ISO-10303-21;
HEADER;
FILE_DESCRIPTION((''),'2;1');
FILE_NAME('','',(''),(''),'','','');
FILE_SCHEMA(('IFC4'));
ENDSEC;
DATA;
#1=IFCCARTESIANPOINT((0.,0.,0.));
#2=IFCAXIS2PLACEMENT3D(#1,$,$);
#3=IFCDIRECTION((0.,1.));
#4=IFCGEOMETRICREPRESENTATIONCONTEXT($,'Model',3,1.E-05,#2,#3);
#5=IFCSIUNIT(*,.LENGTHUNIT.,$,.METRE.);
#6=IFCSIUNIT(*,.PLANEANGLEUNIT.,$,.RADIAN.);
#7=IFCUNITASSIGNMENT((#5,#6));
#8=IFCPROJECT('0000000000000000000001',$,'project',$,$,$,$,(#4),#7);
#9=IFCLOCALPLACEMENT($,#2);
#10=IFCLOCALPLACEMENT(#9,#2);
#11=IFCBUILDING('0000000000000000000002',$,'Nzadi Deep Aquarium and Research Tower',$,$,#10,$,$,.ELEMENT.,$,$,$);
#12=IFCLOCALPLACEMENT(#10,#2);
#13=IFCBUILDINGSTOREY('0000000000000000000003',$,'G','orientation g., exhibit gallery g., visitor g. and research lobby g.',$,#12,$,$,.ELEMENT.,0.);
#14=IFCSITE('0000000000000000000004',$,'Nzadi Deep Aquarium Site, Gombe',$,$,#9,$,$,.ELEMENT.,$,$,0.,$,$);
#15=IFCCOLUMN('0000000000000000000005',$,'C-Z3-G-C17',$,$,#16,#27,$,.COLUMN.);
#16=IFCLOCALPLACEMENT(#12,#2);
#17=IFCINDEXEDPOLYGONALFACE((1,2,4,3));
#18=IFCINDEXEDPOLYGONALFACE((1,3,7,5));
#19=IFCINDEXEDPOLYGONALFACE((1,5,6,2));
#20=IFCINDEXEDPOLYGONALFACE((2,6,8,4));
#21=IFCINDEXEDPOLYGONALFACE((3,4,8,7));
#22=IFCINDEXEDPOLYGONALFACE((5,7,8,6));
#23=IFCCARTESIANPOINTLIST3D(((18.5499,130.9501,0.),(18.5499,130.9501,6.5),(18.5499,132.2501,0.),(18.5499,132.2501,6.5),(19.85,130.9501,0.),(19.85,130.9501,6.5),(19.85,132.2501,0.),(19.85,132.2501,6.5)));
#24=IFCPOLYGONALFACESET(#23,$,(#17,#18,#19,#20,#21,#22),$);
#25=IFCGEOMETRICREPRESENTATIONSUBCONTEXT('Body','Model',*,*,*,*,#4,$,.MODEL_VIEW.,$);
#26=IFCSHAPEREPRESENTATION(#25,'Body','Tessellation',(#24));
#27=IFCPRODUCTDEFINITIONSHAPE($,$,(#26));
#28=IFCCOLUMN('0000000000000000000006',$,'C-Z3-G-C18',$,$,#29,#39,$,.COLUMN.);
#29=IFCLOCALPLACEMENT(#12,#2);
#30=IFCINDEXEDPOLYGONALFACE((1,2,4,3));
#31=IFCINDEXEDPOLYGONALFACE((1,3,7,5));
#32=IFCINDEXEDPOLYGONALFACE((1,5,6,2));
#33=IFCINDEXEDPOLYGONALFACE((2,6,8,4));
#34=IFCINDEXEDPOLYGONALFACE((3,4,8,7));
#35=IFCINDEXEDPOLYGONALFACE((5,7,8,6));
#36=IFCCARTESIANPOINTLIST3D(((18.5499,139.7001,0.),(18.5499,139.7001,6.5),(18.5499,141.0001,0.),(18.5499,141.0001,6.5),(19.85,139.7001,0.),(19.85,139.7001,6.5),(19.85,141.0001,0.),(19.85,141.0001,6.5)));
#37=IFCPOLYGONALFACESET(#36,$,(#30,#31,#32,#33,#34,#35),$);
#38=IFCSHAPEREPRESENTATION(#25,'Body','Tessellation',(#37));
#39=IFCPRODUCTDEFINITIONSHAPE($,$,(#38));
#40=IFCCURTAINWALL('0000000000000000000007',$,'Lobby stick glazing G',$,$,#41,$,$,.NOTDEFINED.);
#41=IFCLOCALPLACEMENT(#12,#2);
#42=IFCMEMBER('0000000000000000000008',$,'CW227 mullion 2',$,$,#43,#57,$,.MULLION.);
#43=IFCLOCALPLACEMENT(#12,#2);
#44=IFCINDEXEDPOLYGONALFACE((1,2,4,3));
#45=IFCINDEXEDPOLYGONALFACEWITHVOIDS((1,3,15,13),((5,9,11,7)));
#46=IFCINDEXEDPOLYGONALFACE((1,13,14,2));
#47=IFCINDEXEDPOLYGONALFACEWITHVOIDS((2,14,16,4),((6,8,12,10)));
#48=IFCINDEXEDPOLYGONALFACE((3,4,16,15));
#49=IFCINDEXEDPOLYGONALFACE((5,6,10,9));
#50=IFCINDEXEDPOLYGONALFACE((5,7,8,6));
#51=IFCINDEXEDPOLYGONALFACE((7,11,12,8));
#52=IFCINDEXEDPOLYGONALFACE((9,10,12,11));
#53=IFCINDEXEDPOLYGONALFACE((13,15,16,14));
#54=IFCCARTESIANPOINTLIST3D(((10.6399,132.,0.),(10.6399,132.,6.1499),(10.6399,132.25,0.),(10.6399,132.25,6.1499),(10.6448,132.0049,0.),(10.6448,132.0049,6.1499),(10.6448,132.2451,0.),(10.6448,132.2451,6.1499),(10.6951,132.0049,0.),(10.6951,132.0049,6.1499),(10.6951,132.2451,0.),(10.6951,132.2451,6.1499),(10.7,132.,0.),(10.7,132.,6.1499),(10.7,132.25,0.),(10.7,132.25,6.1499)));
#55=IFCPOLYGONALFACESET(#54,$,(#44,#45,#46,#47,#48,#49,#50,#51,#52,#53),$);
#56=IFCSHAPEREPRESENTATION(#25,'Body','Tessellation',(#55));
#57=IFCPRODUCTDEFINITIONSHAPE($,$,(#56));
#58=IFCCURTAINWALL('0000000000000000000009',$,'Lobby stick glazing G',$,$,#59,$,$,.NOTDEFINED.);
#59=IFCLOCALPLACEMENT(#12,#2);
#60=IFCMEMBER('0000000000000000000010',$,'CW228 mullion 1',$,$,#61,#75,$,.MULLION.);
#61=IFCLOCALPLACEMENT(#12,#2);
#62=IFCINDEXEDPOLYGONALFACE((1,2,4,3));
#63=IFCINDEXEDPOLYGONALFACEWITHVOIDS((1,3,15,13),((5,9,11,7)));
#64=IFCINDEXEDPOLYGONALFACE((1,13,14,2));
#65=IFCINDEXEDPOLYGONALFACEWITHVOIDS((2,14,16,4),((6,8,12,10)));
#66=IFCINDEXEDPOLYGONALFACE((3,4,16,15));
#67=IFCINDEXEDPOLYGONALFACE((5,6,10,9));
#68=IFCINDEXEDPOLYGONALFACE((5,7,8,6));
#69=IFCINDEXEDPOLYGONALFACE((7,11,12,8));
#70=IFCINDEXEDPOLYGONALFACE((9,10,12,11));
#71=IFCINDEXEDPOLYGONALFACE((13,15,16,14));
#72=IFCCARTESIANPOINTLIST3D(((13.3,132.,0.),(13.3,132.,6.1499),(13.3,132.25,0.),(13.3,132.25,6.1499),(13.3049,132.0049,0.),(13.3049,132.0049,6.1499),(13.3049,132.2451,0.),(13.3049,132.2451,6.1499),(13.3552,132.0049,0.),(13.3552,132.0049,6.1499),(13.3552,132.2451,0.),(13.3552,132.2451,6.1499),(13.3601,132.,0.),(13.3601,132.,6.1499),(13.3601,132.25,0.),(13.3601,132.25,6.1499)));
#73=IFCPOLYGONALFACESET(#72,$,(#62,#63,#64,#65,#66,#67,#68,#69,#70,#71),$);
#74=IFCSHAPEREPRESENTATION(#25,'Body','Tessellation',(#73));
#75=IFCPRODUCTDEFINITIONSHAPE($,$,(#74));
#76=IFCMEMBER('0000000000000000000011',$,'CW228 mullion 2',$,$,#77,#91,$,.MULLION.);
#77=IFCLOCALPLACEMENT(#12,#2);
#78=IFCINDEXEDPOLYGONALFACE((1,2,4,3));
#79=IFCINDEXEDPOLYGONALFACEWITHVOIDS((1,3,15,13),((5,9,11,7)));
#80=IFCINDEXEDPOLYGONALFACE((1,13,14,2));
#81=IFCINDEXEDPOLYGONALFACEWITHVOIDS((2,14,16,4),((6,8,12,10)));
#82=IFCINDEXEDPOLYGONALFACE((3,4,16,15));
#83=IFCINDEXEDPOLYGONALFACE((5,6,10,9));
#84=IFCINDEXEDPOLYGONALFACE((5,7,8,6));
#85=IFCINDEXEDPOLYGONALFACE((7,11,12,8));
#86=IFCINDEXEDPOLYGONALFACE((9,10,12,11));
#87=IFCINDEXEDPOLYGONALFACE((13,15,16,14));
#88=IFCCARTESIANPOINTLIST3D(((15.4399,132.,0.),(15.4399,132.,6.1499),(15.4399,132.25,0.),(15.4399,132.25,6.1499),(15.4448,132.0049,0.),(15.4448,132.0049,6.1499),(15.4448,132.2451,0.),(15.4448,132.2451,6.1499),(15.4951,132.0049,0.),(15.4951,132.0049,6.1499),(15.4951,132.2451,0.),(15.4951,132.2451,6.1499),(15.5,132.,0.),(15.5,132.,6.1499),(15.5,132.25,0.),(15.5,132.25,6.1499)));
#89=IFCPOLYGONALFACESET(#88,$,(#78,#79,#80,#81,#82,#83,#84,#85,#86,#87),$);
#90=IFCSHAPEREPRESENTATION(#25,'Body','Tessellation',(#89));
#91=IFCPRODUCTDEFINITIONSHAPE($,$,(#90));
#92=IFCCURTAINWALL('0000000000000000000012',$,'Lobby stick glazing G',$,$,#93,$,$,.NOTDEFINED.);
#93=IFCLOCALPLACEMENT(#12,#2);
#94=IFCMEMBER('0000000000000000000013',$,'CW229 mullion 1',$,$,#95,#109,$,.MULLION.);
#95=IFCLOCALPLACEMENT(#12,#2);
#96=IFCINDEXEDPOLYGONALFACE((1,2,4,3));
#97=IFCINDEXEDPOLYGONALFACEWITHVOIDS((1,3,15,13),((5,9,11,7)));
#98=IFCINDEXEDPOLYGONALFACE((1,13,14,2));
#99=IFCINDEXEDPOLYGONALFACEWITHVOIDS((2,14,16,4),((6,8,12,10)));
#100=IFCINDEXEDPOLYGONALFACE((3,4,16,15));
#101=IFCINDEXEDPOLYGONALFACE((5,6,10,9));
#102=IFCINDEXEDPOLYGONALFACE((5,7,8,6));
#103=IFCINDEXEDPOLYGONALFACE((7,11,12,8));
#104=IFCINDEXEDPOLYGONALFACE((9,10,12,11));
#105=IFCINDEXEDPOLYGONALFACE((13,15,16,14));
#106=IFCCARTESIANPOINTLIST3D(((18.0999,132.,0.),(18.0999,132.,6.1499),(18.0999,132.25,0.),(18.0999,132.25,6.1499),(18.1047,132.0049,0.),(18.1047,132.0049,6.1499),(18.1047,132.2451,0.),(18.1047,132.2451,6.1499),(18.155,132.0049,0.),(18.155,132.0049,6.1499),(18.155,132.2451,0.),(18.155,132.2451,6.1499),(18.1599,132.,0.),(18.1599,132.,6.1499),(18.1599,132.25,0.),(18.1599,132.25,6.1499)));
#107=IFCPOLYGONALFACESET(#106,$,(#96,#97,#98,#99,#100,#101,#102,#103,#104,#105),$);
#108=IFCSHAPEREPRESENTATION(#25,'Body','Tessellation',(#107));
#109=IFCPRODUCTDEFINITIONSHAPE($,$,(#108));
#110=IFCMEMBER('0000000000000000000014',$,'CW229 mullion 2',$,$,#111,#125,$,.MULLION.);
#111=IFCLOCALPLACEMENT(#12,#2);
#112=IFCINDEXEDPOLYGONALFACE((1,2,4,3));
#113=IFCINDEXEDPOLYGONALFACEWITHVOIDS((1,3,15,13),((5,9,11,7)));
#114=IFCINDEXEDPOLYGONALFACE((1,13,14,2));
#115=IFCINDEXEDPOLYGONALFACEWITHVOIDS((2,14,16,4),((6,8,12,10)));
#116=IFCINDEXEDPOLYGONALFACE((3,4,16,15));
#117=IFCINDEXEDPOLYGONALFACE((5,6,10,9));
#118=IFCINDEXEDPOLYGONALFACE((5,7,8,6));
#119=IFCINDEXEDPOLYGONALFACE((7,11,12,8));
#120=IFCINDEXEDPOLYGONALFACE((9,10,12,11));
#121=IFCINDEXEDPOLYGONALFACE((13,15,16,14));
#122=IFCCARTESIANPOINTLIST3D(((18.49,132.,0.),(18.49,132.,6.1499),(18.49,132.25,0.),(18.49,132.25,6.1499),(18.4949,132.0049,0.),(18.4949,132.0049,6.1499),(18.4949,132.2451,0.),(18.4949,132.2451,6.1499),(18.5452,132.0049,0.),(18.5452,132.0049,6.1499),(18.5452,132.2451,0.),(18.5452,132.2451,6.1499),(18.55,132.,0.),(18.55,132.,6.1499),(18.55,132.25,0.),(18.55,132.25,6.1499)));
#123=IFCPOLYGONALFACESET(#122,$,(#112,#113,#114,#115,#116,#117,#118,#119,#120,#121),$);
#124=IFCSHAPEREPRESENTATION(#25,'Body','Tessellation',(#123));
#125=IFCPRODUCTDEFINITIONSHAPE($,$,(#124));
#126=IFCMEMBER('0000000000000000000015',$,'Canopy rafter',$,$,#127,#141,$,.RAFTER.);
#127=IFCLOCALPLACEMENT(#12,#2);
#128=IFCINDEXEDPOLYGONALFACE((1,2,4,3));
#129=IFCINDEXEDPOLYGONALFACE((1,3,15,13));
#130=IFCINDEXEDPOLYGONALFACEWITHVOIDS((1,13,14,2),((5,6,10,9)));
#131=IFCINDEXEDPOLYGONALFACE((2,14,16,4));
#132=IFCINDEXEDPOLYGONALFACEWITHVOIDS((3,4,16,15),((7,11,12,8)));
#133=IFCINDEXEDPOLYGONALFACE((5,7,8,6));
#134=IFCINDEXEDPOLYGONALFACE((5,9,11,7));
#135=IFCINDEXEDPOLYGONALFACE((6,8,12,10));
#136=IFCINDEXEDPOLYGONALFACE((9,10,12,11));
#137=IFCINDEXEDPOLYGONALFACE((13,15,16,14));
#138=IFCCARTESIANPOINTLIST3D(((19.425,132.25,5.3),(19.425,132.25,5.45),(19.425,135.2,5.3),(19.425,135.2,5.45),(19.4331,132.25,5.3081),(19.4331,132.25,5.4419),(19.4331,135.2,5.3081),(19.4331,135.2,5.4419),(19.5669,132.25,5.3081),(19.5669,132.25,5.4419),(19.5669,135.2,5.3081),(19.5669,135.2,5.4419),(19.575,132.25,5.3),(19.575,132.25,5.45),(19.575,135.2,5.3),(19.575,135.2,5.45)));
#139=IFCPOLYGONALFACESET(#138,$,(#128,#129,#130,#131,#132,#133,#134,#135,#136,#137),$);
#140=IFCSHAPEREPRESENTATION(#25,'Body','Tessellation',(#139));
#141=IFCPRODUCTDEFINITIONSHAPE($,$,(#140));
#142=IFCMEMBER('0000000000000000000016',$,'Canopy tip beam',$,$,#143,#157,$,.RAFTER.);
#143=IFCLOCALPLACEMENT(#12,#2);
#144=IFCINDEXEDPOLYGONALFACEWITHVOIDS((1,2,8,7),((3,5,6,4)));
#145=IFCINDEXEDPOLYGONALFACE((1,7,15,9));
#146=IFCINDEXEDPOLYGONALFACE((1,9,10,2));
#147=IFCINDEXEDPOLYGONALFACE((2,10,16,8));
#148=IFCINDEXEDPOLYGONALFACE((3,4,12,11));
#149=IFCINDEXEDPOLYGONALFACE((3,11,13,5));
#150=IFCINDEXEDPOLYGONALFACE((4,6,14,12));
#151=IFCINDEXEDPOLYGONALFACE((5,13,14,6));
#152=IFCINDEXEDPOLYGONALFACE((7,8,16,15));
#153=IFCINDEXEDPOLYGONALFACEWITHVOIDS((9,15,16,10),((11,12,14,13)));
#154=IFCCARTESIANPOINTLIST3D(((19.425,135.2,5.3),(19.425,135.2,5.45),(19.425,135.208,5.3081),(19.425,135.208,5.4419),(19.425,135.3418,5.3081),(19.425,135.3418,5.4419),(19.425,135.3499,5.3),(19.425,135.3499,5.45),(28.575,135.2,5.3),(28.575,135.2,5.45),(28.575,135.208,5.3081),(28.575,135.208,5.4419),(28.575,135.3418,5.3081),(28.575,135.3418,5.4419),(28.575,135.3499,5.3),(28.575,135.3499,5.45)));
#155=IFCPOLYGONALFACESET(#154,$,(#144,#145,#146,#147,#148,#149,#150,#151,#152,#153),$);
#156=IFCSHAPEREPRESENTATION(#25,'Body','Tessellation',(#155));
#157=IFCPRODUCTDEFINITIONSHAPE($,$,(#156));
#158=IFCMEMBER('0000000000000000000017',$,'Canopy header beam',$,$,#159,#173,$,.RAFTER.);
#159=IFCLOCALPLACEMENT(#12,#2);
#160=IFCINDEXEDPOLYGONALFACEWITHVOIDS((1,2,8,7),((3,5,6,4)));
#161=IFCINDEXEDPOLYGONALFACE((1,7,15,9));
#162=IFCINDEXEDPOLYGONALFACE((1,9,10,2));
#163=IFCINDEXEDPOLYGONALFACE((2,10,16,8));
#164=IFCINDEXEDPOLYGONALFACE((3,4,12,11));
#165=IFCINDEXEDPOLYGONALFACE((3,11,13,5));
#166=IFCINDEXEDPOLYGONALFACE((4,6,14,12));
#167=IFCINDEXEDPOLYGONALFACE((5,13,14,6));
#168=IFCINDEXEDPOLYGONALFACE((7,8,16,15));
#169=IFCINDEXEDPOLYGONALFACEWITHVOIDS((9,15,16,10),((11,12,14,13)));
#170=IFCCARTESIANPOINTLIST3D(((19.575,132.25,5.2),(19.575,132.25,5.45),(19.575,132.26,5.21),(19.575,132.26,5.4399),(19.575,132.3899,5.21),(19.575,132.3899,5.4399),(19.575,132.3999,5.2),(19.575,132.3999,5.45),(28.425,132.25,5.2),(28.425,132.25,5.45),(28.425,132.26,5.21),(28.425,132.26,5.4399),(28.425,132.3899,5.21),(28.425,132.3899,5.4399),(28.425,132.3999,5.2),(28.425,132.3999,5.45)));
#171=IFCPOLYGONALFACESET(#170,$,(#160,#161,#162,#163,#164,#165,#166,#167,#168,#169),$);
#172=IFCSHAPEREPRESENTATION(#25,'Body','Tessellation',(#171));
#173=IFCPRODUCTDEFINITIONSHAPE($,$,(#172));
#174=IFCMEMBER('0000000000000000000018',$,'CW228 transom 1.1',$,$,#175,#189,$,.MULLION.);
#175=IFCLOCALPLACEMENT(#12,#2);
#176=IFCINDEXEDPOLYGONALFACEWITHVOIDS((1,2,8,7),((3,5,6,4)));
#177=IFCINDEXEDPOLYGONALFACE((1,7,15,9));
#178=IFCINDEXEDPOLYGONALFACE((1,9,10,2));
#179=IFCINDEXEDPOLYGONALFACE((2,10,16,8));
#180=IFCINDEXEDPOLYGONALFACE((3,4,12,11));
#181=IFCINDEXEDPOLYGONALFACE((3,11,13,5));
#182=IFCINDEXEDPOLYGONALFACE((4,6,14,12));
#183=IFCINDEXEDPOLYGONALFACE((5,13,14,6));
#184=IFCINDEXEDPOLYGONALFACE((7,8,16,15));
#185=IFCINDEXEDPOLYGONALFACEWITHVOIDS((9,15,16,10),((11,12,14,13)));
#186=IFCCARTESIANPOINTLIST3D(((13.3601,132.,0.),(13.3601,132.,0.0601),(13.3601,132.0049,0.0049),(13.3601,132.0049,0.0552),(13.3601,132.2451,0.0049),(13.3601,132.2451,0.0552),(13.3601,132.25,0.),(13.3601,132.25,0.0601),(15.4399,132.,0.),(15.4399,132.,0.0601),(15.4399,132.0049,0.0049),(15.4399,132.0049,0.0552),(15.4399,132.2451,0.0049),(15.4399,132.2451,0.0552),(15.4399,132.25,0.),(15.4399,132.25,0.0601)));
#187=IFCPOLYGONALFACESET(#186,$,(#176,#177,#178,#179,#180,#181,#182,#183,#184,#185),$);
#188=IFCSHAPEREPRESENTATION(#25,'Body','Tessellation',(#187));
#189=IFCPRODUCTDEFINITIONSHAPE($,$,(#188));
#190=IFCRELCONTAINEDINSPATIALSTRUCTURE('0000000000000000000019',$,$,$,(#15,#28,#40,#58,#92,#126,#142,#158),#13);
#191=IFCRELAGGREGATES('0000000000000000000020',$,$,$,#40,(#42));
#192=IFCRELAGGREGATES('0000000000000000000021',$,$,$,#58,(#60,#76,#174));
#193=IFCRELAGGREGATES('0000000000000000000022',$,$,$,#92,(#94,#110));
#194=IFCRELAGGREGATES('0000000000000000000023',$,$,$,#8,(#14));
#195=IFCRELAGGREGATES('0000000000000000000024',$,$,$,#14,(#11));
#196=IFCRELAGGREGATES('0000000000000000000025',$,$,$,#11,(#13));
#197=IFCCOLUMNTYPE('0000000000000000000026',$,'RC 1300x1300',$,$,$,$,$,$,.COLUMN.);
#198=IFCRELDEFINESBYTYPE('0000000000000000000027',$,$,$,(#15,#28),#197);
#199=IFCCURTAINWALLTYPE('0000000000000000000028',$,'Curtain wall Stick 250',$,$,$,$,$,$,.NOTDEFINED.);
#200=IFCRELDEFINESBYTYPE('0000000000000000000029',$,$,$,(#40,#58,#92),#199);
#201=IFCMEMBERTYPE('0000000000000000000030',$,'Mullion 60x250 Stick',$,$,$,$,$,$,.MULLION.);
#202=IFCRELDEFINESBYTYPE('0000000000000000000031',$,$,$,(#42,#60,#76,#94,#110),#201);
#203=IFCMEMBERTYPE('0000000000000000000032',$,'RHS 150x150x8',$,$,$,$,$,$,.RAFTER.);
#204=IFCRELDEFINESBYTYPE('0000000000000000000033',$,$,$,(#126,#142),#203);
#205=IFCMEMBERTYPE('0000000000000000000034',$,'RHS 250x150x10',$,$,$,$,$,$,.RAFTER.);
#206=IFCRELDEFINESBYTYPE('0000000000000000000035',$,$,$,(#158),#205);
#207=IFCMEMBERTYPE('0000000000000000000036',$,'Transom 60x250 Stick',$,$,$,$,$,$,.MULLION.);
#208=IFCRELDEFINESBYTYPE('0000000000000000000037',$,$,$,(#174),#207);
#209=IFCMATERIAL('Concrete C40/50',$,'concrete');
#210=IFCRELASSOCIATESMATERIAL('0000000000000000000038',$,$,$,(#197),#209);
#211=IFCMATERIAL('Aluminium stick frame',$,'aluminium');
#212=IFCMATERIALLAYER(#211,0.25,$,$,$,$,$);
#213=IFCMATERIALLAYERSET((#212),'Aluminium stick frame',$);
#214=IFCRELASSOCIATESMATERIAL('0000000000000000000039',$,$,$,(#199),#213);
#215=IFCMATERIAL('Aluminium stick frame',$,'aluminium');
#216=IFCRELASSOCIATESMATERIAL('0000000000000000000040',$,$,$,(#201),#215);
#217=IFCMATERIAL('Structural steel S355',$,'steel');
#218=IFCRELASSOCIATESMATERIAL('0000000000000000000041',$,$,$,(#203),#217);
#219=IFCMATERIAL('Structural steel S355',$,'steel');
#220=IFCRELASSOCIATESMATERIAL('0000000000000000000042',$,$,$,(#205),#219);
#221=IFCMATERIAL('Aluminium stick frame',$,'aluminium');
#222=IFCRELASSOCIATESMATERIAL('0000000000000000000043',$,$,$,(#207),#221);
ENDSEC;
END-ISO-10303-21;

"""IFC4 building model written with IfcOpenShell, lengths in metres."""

from ifc_helpers import new_model, si_unit, direction, frame, origin, origin_2d, place, context, subcontext, project, spatial, rectangle, hollow_rectangle, extrude, material, layer, layer_set, material_profile, profile_set, type_object, element, aggregate, save


model = new_model("IFC4")

# Units and contexts
model_context = context("Model", 3, precision=1e-05, world=origin(), true_north=direction((0.0, 1.0)))
body_context = subcontext(model_context, "Body", "Model", "MODEL_VIEW")
ifc_project = project(units=[si_unit("LENGTHUNIT", "METRE"), si_unit("PLANEANGLEUNIT", "RADIAN")], contexts=[model_context])

# Site, building, storey
site_placement = place(None, origin())
site = spatial("IfcSite", under=ifc_project, at=site_placement, Name="Nzadi Deep Aquarium Site, Gombe", CompositionType="ELEMENT", RefElevation=0.0)
building_placement = place(site_placement, origin())
building = spatial("IfcBuilding", under=site, at=building_placement, Name="Nzadi Deep Aquarium and Research Tower", CompositionType="ELEMENT")
storey_placement = place(building_placement, origin())
storey = spatial("IfcBuildingStorey", under=building, at=storey_placement, Name="G", Description="orientation g., exhibit gallery g., visitor g. and research lobby g.", CompositionType="ELEMENT", Elevation=0.0)

# Columns
ifc_material_1 = material(Name="Concrete C40/50", Category="concrete")
ifc_material_profile_1 = material_profile(ifc_material_1, rectangle(XDim=1.3, YDim=1.3, at=origin_2d()))
ifc_profile_set_1 = profile_set([ifc_material_profile_1], Name="Concrete C40/50")
column_type = type_object("IfcColumnType", Name="RC 1300x1300", PredefinedType="COLUMN", material=ifc_profile_set_1)
for number, where, z_axis, x_axis, name in (
    (1, (19.2, 131.6001, 0.0), (0.0, 0.0, 1.0), (1.0, 0.0, 0.0), "C-Z3-G-C17"),
    (2, (19.2, 140.3501, 0.0), (0.0, 0.0, 1.0), (1.0, 0.0, 0.0), "C-Z3-G-C18"),
):
    element("IfcColumn", number, at=place(storey_placement, frame(where, z_axis=z_axis, x_axis=x_axis)), inside=storey, type_object=column_type, Name=name, PredefinedType="COLUMN", context=body_context, shape_type="SweptSolid", body=[
        extrude(rectangle(XDim=1.3, YDim=1.3, at=origin_2d()), origin(), (0.0, 0.0, 1.0), 6.5),
    ])

# Curtain wall, member
ifc_material_2 = material(Name="Aluminium stick frame", Category="aluminium")
ifc_layer_1 = layer(ifc_material_2, 0.25)
ifc_layer_set_1 = layer_set([ifc_layer_1], Name="Aluminium stick frame")
curtain_wall_type = type_object("IfcCurtainWallType", Name="Curtain wall Stick 250", PredefinedType="NOTDEFINED", material=ifc_layer_set_1)
curtain_wall_1_placement = place(storey_placement, origin())
curtain_wall_1 = element("IfcCurtainWall", 3, at=curtain_wall_1_placement, inside=storey, type_object=curtain_wall_type, Name="Lobby stick glazing G", PredefinedType="NOTDEFINED")
ifc_material_3 = material(Name="Aluminium stick frame", Category="aluminium")
ifc_material_profile_2 = material_profile(ifc_material_3, hollow_rectangle(XDim=0.25, YDim=0.0601, WallThickness=0.0049, at=origin_2d()))
ifc_profile_set_2 = profile_set([ifc_material_profile_2], Name="Aluminium stick frame")
member_type_1 = type_object("IfcMemberType", Name="Mullion 60x250 Stick", PredefinedType="MULLION", material=ifc_profile_set_2)
member_1_placement = place(storey_placement, frame((10.6699, 132.125, 0.0), z_axis=(0.0, 0.0, 1.0), x_axis=(0.0, 1.0, 0.0)))
member_1 = element("IfcMember", 4, at=member_1_placement, type_object=member_type_1, Name="CW227 mullion 2", PredefinedType="MULLION", context=body_context, shape_type="SweptSolid", body=[
    extrude(hollow_rectangle(XDim=0.25, YDim=0.0601, WallThickness=0.0049, at=origin_2d()), origin(), (0.0, 0.0, 1.0), 6.1499),
])

# Curtain walls, members
curtain_wall_2_placement = place(storey_placement, origin())
curtain_wall_2 = element("IfcCurtainWall", 5, at=curtain_wall_2_placement, inside=storey, type_object=curtain_wall_type, Name="Lobby stick glazing G", PredefinedType="NOTDEFINED")
member_2_placement = place(storey_placement, frame((13.3301, 132.125, 0.0), z_axis=(0.0, 0.0, 1.0), x_axis=(0.0, 1.0, 0.0)))
member_2 = element("IfcMember", 6, at=member_2_placement, type_object=member_type_1, Name="CW228 mullion 1", PredefinedType="MULLION", context=body_context, shape_type="SweptSolid", body=[
    extrude(hollow_rectangle(XDim=0.25, YDim=0.0601, WallThickness=0.0049, at=origin_2d()), origin(), (0.0, 0.0, 1.0), 6.1499),
])
member_3_placement = place(storey_placement, frame((15.47, 132.125, 0.0), z_axis=(0.0, 0.0, 1.0), x_axis=(0.0, 1.0, 0.0)))
member_3 = element("IfcMember", 7, at=member_3_placement, type_object=member_type_1, Name="CW228 mullion 2", PredefinedType="MULLION", context=body_context, shape_type="SweptSolid", body=[
    extrude(hollow_rectangle(XDim=0.25, YDim=0.0601, WallThickness=0.0049, at=origin_2d()), origin(), (0.0, 0.0, 1.0), 6.1499),
])
curtain_wall_3_placement = place(storey_placement, origin())
curtain_wall_3 = element("IfcCurtainWall", 8, at=curtain_wall_3_placement, inside=storey, type_object=curtain_wall_type, Name="Lobby stick glazing G", PredefinedType="NOTDEFINED")
member_4_placement = place(storey_placement, frame((18.1299, 132.125, 0.0), z_axis=(0.0, 0.0, 1.0), x_axis=(0.0, 1.0, 0.0)))
member_4 = element("IfcMember", 9, at=member_4_placement, type_object=member_type_1, Name="CW229 mullion 1", PredefinedType="MULLION", context=body_context, shape_type="SweptSolid", body=[
    extrude(hollow_rectangle(XDim=0.25, YDim=0.0601, WallThickness=0.0049, at=origin_2d()), origin(), (0.0, 0.0, 1.0), 6.1499),
])
member_5_placement = place(storey_placement, frame((18.52, 132.125, 0.0), z_axis=(0.0, 0.0, 1.0), x_axis=(0.0, 1.0, 0.0)))
member_5 = element("IfcMember", 10, at=member_5_placement, type_object=member_type_1, Name="CW229 mullion 2", PredefinedType="MULLION", context=body_context, shape_type="SweptSolid", body=[
    extrude(hollow_rectangle(XDim=0.25, YDim=0.0601, WallThickness=0.0049, at=origin_2d()), origin(), (0.0, 0.0, 1.0), 6.1499),
])

# Members
ifc_material_4 = material(Name="Structural steel S355", Category="steel")
ifc_material_profile_3 = material_profile(ifc_material_4, hollow_rectangle(XDim=0.1499, YDim=0.1499, WallThickness=0.0081, at=origin_2d()))
ifc_profile_set_3 = profile_set([ifc_material_profile_3], Name="Structural steel S355")
member_type_2 = type_object("IfcMemberType", Name="RHS 150x150x8", PredefinedType="RAFTER", material=ifc_profile_set_3)
member_6_placement = place(storey_placement, frame((19.5, 132.25, 5.375), z_axis=(0.0, 1.0, 0.0), x_axis=(-1.0, 0.0, 0.0)))
element("IfcMember", 11, at=member_6_placement, inside=storey, type_object=member_type_2, Name="Canopy rafter", PredefinedType="RAFTER", context=body_context, shape_type="SweptSolid", body=[
    extrude(hollow_rectangle(XDim=0.1499, YDim=0.1499, WallThickness=0.0081, at=origin_2d()), origin(), (0.0, 0.0, 1.0), 2.95),
])
member_7_placement = place(storey_placement, frame((19.425, 135.2749, 5.375), z_axis=(1.0, 0.0, 0.0), x_axis=(0.0, 1.0, 0.0)))
element("IfcMember", 12, at=member_7_placement, inside=storey, type_object=member_type_2, Name="Canopy tip beam", PredefinedType="RAFTER", context=body_context, shape_type="SweptSolid", body=[
    extrude(hollow_rectangle(XDim=0.1499, YDim=0.1499, WallThickness=0.0081, at=origin_2d()), origin(), (0.0, 0.0, 1.0), 9.1499),
])
ifc_material_5 = material(Name="Structural steel S355", Category="steel")
ifc_material_profile_4 = material_profile(ifc_material_5, hollow_rectangle(XDim=0.1499, YDim=0.25, WallThickness=0.01, at=origin_2d()))
ifc_profile_set_4 = profile_set([ifc_material_profile_4], Name="Structural steel S355")
member_type_3 = type_object("IfcMemberType", Name="RHS 250x150x10", PredefinedType="RAFTER", material=ifc_profile_set_4)
member_8_placement = place(storey_placement, frame((19.575, 132.325, 5.325), z_axis=(1.0, 0.0, 0.0), x_axis=(0.0, 1.0, 0.0)))
element("IfcMember", 13, at=member_8_placement, inside=storey, type_object=member_type_3, Name="Canopy header beam", PredefinedType="RAFTER", context=body_context, shape_type="SweptSolid", body=[
    extrude(hollow_rectangle(XDim=0.1499, YDim=0.25, WallThickness=0.01, at=origin_2d()), origin(), (0.0, 0.0, 1.0), 8.8501),
])

# Member
ifc_material_6 = material(Name="Aluminium stick frame", Category="aluminium")
ifc_material_profile_5 = material_profile(ifc_material_6, hollow_rectangle(XDim=0.25, YDim=0.0601, WallThickness=0.0049, at=origin_2d()))
ifc_profile_set_5 = profile_set([ifc_material_profile_5], Name="Aluminium stick frame")
member_type_4 = type_object("IfcMemberType", Name="Transom 60x250 Stick", PredefinedType="MULLION", material=ifc_profile_set_5)
member_9_placement = place(storey_placement, frame((13.3601, 132.125, 0.03), z_axis=(1.0, 0.0, 0.0), x_axis=(0.0, 1.0, 0.0)))
member_9 = element("IfcMember", 14, at=member_9_placement, type_object=member_type_4, Name="CW228 transom 1.1", PredefinedType="MULLION", context=body_context, shape_type="SweptSolid", body=[
    extrude(hollow_rectangle(XDim=0.25, YDim=0.0601, WallThickness=0.0049, at=origin_2d()), origin(), (0.0, 0.0, 1.0), 2.0798),
])

aggregate(curtain_wall_1, [member_1])
aggregate(curtain_wall_2, [member_2, member_3, member_9])
aggregate(curtain_wall_3, [member_4, member_5])

save(model, "model.ifc")
